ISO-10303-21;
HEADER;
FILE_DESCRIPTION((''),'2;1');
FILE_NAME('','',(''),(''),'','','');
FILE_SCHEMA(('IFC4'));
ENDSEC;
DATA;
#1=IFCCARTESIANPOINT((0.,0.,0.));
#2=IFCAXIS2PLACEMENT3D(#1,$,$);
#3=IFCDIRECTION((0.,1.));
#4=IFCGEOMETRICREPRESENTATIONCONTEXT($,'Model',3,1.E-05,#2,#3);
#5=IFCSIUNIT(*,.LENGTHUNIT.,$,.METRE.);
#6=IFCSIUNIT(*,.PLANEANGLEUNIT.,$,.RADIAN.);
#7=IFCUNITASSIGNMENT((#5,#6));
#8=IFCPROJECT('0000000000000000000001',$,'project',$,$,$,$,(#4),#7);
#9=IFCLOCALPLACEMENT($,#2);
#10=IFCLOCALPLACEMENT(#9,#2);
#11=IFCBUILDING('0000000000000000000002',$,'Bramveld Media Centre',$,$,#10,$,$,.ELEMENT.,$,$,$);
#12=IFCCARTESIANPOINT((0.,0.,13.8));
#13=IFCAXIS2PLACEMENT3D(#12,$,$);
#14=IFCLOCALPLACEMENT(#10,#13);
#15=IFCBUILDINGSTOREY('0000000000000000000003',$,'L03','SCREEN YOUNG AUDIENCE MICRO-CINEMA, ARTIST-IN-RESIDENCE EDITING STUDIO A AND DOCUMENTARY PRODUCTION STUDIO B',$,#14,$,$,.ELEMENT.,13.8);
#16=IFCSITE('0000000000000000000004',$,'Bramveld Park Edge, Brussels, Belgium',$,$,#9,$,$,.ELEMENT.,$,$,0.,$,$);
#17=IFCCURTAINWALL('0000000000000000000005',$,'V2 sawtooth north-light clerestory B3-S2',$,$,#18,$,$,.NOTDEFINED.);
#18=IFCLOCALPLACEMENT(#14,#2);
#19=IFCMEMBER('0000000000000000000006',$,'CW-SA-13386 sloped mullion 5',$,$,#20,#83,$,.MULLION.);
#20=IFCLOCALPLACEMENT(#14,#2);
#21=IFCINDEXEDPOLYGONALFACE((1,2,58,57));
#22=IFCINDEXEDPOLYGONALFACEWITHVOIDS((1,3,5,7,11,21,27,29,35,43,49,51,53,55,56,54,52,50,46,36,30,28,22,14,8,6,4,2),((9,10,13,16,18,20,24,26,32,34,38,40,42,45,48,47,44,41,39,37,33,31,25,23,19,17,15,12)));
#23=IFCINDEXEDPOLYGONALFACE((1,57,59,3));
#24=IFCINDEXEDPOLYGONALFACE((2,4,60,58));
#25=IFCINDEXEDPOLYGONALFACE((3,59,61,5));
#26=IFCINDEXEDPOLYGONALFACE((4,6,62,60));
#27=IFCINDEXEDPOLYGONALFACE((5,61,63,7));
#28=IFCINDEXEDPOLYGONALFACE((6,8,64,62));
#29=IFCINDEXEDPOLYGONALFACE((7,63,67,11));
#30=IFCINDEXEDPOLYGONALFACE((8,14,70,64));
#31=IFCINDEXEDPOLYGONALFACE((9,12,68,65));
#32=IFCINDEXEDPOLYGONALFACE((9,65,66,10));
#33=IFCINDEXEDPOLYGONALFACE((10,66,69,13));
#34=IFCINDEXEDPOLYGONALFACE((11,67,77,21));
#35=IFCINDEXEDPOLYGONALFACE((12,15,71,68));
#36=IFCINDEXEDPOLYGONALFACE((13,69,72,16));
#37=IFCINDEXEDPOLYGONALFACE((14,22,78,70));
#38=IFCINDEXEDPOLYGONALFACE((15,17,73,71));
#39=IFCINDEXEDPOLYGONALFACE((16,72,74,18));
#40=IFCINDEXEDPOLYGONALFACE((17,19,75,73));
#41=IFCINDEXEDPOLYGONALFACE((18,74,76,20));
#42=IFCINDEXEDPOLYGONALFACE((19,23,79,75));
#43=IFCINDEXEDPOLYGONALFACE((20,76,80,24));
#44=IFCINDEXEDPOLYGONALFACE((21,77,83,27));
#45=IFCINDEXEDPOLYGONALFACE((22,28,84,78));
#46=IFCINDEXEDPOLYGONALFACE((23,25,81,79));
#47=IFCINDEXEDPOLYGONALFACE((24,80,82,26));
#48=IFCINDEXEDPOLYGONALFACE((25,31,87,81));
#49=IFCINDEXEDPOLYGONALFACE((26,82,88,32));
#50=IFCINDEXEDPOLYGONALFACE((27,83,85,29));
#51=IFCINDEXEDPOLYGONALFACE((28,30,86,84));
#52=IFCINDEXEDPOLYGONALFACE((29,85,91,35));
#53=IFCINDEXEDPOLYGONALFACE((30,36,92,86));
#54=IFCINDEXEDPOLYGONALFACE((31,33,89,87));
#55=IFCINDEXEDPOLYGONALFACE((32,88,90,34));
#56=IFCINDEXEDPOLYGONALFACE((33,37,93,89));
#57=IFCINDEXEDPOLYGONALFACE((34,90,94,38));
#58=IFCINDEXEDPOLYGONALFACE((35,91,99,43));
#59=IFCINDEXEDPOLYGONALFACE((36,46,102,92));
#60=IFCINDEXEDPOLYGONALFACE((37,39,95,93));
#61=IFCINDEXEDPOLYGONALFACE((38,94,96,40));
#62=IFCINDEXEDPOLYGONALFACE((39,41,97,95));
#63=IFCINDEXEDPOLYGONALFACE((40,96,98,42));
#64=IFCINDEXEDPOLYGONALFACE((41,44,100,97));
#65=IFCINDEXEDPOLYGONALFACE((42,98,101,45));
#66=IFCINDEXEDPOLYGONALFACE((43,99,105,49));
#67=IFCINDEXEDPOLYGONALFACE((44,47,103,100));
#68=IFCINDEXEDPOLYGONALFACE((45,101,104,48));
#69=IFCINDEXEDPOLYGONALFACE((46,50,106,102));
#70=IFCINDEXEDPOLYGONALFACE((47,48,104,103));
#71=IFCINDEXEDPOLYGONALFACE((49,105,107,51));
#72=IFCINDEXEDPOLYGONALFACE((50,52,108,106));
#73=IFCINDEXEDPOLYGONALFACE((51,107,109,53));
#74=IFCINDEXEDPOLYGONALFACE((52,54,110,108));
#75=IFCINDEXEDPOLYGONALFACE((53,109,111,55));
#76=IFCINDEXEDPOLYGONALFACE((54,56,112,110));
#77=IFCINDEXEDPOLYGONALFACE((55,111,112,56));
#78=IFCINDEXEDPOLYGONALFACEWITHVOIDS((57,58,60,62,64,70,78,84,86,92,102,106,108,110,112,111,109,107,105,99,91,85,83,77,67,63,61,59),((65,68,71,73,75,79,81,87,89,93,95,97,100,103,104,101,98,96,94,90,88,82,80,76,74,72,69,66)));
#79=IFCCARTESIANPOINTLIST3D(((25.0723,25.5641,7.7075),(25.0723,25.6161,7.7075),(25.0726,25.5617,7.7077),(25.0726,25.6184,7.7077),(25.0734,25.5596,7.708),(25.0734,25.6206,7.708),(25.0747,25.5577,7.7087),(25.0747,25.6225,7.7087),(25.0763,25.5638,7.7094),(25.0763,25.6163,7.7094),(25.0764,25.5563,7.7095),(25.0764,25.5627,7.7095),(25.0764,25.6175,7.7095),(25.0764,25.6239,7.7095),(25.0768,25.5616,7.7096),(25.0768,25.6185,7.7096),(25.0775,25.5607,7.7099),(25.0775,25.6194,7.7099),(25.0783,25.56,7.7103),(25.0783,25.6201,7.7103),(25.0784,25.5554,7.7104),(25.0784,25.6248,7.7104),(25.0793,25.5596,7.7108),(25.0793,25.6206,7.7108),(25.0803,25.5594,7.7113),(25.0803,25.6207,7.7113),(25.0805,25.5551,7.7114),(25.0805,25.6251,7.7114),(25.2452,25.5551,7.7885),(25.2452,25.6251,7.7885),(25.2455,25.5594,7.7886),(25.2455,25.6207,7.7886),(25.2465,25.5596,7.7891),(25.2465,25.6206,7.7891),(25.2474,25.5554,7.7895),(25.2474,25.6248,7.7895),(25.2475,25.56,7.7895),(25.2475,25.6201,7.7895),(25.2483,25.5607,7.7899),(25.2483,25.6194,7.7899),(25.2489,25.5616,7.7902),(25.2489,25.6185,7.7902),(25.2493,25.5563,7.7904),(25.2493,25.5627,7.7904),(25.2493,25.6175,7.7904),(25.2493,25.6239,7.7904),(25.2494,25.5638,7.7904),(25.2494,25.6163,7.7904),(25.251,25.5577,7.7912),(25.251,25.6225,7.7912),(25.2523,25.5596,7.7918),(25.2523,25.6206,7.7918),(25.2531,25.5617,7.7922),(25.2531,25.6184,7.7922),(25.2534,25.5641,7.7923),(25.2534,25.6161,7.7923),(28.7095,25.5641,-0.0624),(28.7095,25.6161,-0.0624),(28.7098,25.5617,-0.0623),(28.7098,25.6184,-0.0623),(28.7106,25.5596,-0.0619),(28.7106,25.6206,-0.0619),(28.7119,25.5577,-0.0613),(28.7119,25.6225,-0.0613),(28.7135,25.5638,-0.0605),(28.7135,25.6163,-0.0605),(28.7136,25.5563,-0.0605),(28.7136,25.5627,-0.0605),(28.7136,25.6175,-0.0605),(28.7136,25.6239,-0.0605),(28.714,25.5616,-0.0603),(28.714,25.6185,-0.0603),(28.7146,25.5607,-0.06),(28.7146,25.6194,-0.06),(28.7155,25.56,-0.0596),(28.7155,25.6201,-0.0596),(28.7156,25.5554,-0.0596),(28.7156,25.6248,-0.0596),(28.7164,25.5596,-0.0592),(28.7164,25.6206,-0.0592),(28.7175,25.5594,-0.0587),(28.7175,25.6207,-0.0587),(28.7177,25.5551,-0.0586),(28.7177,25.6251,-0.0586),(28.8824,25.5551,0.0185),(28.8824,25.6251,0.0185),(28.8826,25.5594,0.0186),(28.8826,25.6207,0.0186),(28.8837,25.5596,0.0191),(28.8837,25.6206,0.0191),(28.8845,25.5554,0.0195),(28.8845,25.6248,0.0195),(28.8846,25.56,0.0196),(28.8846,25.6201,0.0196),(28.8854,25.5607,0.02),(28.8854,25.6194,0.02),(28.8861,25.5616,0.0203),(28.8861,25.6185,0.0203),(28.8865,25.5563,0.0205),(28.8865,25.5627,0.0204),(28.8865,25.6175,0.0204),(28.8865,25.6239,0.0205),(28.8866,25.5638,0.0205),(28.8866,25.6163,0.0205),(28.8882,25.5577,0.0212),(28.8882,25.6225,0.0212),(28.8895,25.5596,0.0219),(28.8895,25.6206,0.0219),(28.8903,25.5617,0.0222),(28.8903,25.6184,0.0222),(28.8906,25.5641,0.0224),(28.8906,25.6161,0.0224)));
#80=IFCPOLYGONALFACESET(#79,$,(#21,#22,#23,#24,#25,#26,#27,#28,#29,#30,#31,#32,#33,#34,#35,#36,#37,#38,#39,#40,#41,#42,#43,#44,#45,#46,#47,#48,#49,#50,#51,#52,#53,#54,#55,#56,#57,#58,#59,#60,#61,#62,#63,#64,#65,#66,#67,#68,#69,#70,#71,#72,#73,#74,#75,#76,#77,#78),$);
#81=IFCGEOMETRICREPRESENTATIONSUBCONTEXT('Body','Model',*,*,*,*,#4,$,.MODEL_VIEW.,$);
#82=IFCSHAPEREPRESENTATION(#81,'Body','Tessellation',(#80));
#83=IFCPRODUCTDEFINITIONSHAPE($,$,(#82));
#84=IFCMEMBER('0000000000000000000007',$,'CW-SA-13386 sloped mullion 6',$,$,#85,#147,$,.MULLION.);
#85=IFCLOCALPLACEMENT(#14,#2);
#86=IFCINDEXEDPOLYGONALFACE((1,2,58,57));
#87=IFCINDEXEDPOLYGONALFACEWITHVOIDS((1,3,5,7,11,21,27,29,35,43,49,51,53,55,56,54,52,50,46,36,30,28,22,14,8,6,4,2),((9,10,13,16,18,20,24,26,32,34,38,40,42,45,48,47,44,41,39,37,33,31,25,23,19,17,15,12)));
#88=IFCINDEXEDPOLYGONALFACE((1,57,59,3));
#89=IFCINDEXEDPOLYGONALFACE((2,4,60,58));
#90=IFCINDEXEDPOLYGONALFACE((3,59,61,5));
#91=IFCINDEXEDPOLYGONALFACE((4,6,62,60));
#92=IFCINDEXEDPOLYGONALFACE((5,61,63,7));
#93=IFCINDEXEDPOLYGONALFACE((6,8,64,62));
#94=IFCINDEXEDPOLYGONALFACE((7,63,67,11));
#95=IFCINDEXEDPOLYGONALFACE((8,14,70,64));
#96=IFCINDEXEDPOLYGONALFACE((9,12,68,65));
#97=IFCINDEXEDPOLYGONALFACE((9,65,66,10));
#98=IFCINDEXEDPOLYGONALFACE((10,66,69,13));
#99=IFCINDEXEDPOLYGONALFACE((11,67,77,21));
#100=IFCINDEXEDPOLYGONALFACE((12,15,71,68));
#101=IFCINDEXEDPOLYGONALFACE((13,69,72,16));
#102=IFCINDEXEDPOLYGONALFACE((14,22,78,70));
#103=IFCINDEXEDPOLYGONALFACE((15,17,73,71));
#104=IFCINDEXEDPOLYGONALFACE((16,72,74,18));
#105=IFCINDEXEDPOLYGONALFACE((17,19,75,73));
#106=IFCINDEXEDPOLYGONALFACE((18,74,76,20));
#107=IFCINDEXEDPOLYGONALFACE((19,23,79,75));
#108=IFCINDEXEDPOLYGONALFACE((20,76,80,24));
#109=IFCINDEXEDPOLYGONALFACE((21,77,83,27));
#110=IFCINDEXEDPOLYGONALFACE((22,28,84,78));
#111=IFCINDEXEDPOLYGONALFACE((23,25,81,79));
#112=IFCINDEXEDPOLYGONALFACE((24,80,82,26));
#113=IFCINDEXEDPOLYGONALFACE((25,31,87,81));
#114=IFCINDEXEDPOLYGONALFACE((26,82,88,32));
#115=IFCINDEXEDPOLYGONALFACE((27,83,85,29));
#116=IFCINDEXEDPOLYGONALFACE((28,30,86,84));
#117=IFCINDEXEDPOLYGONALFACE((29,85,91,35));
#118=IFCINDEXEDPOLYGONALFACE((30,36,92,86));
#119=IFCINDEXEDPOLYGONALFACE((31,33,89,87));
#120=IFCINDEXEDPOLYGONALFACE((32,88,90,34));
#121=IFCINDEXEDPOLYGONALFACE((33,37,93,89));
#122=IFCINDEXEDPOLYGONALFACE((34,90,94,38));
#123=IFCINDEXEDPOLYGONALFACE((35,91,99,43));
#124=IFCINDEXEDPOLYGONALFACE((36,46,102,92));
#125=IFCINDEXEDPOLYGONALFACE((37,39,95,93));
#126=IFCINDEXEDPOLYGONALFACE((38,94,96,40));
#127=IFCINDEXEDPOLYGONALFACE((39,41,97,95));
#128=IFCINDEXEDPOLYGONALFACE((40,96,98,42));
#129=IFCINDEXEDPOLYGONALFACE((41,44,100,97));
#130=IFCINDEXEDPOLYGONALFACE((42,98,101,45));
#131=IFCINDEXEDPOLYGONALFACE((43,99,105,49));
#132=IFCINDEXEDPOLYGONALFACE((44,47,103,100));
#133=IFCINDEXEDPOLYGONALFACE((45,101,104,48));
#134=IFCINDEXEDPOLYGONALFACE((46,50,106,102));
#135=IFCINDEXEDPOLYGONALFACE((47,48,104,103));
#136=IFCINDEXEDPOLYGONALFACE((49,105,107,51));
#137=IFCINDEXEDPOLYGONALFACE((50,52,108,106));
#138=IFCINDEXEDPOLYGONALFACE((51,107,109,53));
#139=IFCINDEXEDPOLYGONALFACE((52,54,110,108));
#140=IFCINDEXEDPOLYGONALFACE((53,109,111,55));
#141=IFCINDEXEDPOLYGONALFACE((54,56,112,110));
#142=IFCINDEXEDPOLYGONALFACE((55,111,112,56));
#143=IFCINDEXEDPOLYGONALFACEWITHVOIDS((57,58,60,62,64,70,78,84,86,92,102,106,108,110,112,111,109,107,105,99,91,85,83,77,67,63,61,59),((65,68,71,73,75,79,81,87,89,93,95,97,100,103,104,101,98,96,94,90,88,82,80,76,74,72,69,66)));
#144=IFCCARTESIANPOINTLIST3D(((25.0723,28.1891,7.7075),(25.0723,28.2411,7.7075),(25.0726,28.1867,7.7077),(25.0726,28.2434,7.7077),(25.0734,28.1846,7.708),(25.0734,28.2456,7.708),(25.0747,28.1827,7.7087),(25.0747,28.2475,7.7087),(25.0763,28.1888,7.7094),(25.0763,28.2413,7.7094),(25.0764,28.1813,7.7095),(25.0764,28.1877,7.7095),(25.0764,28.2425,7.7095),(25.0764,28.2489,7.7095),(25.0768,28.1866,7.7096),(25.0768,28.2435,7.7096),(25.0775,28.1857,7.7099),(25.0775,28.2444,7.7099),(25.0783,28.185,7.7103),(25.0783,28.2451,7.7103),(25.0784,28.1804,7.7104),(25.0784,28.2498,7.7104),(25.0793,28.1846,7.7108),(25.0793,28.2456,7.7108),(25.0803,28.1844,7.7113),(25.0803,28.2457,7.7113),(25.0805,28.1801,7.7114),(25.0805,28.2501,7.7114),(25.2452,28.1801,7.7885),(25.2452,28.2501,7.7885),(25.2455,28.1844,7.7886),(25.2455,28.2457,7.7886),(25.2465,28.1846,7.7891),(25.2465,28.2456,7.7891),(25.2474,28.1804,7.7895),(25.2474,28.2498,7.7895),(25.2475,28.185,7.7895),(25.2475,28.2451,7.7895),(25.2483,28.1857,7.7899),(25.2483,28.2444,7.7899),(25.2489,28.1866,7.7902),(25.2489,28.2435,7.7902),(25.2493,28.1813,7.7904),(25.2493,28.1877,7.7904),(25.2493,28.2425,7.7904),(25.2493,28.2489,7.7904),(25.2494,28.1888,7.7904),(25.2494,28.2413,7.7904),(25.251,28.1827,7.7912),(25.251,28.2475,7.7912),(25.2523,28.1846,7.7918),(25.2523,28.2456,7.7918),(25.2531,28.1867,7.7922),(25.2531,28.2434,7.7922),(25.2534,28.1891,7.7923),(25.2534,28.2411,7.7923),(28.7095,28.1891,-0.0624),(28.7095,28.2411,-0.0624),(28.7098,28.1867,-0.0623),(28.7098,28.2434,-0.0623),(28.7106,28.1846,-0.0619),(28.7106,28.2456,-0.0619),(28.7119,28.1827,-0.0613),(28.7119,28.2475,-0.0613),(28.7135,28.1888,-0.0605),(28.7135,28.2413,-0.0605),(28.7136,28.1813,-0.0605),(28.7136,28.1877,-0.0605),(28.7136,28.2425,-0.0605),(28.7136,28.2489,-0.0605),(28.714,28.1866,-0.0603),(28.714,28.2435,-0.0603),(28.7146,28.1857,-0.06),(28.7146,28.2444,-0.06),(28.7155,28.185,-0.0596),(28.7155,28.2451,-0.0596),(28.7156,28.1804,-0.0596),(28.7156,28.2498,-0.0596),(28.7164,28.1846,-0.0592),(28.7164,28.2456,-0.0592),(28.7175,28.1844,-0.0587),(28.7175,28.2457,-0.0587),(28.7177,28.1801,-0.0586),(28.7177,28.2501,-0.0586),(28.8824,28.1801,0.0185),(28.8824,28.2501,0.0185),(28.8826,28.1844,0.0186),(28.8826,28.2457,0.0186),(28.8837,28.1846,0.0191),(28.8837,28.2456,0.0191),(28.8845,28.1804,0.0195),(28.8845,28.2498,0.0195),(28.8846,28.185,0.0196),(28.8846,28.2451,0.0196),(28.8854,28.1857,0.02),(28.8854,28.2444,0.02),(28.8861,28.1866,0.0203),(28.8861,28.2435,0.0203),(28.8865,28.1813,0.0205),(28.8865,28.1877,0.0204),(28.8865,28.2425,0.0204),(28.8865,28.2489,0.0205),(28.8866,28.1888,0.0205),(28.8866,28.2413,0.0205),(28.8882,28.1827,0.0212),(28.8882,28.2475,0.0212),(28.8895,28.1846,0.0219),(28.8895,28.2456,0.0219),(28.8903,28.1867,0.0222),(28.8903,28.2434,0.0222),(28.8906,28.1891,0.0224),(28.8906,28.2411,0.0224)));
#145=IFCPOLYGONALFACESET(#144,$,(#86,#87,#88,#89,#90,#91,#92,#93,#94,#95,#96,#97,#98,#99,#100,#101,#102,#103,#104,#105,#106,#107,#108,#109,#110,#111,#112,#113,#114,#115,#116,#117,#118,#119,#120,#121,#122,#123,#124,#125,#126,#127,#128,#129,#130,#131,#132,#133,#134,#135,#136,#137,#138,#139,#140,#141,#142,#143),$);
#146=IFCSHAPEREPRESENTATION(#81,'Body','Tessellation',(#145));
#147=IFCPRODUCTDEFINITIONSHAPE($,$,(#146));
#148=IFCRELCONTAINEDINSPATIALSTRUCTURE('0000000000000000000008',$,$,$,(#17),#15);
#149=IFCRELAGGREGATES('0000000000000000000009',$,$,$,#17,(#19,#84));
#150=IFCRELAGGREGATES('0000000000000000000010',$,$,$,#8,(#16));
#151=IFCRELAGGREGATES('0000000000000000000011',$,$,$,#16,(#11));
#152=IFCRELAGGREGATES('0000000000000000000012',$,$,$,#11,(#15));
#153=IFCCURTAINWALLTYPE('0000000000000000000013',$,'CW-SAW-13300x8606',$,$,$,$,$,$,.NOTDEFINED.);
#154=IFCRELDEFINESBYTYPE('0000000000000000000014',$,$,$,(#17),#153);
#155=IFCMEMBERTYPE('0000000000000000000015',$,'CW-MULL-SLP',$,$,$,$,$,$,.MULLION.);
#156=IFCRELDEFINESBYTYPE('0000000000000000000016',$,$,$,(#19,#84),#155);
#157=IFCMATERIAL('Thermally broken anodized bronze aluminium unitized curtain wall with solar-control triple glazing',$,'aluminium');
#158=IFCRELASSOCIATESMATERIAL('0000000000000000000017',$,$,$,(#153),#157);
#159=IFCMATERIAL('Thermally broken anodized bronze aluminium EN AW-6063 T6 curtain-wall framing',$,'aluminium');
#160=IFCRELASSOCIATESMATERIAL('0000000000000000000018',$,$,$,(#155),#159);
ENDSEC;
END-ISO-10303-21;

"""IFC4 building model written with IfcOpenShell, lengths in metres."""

from ifc_helpers import new_model, si_unit, direction, frame, origin, origin_2d, place, context, subcontext, project, spatial, hollow_rectangle, extrude, material, material_profile, profile_set, type_object, element, aggregate, save


model = new_model("IFC4")

# Units and contexts
model_context = context("Model", 3, precision=1e-05, world=origin(), true_north=direction((0.0, 1.0)))
body_context = subcontext(model_context, "Body", "Model", "MODEL_VIEW")
ifc_project = project(units=[si_unit("LENGTHUNIT", "METRE"), si_unit("PLANEANGLEUNIT", "RADIAN")], contexts=[model_context])

# Site, building, storey
site_placement = place(None, origin())
site = spatial("IfcSite", under=ifc_project, at=site_placement, Name="Bramveld Park Edge, Brussels, Belgium", CompositionType="ELEMENT", RefElevation=0.0)
building_placement = place(site_placement, origin())
building = spatial("IfcBuilding", under=site, at=building_placement, Name="Bramveld Media Centre", CompositionType="ELEMENT")
storey_placement = place(building_placement, frame((0.0, 0.0, 13.8)))
storey = spatial("IfcBuildingStorey", under=building, at=storey_placement, Name="L03", Description="SCREEN YOUNG AUDIENCE MICRO-CINEMA, ARTIST-IN-RESIDENCE EDITING STUDIO A AND DOCUMENTARY PRODUCTION STUDIO B", CompositionType="ELEMENT", Elevation=13.8)

# Shared definitions
ifc_material_1 = material(Name="Thermally broken anodized bronze aluminium unitized curtain wall with solar-control triple glazing", Category="aluminium")
curtain_wall_type_1 = type_object("IfcCurtainWallType", Name="CW-SAW-13300x8606", PredefinedType="NOTDEFINED", material=ifc_material_1)
ifc_material_2 = material(Name="Thermally broken anodized bronze aluminium EN AW-6063 T6 curtain-wall framing", Category="aluminium")
ifc_material_profile_1 = material_profile(ifc_material_2, hollow_rectangle(XDim=0.0701, YDim=0.2, WallThickness=0.0044, InnerFilletRadius=0.0044, OuterFilletRadius=0.009, at=origin_2d()), Name="AL-MULL 70x200")
ifc_profile_set_1 = profile_set([ifc_material_profile_1], Name="Thermally broken anodized bronze aluminium EN AW-6063 T6 curtain-wall framing")
member_type_1 = type_object("IfcMemberType", Name="CW-MULL-SLP", PredefinedType="MULLION", material=ifc_profile_set_1)

# Curtain wall, members
curtain_wall_1_placement = place(storey_placement, origin())
curtain_wall_1 = element("IfcCurtainWall", 1, at=curtain_wall_1_placement, inside=storey, type_object=curtain_wall_type_1, Name="V2 sawtooth north-light clerestory B3-S2", PredefinedType="NOTDEFINED")
member_1_placement = place(storey_placement, frame((28.8, 25.5901, -0.02), z_axis=(-0.423957, 0.0, 0.905682), x_axis=(0.0, -1.0, 0.0)))
member_1 = element("IfcMember", 2, at=member_1_placement, type_object=member_type_1, Name="CW-SA-13386 sloped mullion 5", PredefinedType="MULLION", context=body_context, shape_type="SweptSolid", body=[
    extrude(hollow_rectangle(XDim=0.0701, YDim=0.2, WallThickness=0.0044, InnerFilletRadius=0.0044, OuterFilletRadius=0.009, at=origin_2d()), origin(), (0.0, 0.0, 1.0), 8.5791),
])
member_2_placement = place(storey_placement, frame((28.8, 28.2151, -0.02), z_axis=(-0.423957, 0.0, 0.905682), x_axis=(0.0, -1.0, 0.0)))
member_2 = element("IfcMember", 3, at=member_2_placement, type_object=member_type_1, Name="CW-SA-13386 sloped mullion 6", PredefinedType="MULLION", context=body_context, shape_type="SweptSolid", body=[
    extrude(hollow_rectangle(XDim=0.0701, YDim=0.2, WallThickness=0.0044, InnerFilletRadius=0.0044, OuterFilletRadius=0.009, at=origin_2d()), origin(), (0.0, 0.0, 1.0), 8.5791),
])

aggregate(curtain_wall_1, [member_1, member_2])

save(model, "model.ifc")
